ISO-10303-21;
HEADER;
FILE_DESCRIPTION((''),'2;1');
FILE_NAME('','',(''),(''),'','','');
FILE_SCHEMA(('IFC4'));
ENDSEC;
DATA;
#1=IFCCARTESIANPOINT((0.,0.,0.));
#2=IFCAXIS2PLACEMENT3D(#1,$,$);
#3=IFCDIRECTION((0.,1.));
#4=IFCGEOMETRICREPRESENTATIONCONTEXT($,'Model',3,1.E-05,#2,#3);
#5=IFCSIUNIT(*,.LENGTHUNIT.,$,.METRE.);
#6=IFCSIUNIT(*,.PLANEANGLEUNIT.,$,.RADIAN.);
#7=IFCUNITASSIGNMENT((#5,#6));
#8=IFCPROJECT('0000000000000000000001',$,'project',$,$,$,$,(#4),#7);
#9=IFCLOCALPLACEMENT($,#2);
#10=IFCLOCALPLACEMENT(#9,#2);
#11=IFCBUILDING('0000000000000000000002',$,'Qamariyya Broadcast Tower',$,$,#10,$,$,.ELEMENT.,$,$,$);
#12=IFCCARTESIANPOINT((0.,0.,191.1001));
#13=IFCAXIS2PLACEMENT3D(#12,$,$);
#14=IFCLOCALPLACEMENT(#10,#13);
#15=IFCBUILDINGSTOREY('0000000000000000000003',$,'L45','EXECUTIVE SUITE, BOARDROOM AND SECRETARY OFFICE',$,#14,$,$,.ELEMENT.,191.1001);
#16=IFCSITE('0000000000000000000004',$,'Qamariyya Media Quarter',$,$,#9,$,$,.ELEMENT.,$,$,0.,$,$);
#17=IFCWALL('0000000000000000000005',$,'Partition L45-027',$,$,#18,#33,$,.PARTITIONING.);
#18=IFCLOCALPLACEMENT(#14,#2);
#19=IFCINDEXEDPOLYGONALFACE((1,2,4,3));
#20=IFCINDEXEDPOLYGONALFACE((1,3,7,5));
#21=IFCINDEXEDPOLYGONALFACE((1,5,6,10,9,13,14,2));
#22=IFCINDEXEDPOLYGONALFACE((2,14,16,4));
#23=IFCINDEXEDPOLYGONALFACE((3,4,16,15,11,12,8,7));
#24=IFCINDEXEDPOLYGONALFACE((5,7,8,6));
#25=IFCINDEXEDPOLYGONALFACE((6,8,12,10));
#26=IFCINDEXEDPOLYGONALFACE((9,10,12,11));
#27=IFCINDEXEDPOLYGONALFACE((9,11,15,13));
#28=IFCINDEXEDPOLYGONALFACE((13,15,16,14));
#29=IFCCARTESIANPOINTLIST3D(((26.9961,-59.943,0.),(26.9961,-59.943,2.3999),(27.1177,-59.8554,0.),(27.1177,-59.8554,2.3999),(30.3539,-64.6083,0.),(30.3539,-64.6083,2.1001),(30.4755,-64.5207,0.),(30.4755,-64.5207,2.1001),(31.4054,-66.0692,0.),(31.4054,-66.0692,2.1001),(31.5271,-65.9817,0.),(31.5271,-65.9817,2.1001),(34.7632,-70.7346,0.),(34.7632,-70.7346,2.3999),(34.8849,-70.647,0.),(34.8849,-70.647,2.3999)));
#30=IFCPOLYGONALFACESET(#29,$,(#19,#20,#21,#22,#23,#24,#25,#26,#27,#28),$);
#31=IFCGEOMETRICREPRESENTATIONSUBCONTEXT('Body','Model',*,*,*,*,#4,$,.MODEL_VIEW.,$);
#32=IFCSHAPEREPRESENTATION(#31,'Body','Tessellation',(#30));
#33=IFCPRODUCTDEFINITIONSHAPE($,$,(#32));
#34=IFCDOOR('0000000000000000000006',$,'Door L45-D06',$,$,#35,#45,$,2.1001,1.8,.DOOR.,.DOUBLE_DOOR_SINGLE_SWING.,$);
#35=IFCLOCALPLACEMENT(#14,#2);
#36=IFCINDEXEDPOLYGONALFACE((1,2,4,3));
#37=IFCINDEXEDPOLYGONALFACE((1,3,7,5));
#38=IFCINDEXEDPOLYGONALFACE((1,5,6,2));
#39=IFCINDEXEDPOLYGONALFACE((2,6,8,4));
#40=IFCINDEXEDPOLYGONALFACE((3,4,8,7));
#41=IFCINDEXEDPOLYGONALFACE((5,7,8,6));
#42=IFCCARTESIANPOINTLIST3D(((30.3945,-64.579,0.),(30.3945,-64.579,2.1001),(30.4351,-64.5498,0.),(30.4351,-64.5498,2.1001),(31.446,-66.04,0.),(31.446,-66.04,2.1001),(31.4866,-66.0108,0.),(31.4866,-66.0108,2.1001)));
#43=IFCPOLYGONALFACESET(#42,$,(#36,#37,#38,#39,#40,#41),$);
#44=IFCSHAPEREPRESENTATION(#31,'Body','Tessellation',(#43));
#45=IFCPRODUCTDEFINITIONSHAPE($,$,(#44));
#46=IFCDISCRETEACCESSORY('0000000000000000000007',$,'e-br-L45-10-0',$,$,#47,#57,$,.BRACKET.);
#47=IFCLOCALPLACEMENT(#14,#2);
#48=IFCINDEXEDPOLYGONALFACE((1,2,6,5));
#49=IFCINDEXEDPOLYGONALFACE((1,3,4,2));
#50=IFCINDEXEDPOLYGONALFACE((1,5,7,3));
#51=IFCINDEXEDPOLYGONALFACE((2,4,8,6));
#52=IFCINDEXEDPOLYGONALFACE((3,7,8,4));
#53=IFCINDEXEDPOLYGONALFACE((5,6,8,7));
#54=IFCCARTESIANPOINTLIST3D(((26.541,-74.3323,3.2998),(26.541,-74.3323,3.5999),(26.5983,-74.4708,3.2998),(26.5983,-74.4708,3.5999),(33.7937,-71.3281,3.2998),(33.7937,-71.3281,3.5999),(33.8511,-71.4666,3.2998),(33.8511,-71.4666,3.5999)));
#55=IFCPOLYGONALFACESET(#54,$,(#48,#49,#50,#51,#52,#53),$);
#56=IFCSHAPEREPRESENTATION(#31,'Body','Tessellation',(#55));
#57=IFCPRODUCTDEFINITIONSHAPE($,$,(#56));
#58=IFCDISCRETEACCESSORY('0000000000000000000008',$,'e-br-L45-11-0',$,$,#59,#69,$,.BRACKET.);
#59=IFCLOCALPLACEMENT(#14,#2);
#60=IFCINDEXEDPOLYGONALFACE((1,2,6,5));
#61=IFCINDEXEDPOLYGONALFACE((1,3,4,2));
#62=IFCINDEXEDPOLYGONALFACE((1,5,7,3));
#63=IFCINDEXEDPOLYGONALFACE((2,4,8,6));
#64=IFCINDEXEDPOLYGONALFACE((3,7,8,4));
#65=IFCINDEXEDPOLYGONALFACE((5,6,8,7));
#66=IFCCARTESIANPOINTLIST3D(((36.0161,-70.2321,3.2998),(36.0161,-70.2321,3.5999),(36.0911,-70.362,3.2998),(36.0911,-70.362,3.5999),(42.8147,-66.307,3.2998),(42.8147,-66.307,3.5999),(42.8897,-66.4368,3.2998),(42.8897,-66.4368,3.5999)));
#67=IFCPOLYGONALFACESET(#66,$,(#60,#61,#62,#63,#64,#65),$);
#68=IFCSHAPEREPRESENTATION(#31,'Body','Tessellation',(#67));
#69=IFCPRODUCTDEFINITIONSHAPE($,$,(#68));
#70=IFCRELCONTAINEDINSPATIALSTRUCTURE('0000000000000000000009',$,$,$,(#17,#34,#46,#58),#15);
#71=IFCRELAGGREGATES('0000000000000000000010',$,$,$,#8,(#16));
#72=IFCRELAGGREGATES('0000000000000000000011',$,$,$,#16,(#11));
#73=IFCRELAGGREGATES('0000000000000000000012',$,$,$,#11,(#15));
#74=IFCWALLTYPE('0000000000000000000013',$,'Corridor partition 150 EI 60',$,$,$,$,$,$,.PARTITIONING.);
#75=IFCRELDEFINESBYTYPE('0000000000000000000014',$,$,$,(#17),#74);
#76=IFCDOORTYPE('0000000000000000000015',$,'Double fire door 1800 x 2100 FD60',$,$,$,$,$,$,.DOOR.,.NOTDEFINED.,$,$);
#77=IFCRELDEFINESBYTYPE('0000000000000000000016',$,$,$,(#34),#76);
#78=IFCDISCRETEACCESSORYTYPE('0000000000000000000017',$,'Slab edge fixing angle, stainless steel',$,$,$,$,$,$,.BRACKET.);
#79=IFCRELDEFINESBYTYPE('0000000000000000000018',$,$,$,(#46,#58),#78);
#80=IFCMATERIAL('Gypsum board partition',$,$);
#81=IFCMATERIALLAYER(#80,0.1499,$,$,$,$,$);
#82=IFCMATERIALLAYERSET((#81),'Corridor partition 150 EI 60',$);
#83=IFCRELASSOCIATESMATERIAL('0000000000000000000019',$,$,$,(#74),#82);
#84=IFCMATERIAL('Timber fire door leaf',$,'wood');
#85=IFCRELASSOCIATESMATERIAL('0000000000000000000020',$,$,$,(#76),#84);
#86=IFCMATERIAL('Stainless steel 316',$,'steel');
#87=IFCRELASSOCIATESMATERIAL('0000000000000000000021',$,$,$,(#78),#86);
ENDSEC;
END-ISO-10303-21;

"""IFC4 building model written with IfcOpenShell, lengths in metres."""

from ifc_helpers import new_model, si_unit, direction, frame, frame_2d, origin, origin_2d, place, context, subcontext, project, spatial, rectangle, extrude, material, layer, layer_set, type_object, element, fill, save


model = new_model("IFC4")

# Units and contexts
model_context = context("Model", 3, precision=1e-05, world=origin(), true_north=direction((0.0, 1.0)))
body_context = subcontext(model_context, "Body", "Model", "MODEL_VIEW")
ifc_project = project(units=[si_unit("LENGTHUNIT", "METRE"), si_unit("PLANEANGLEUNIT", "RADIAN")], contexts=[model_context])

# Site, building, storey
site_placement = place(None, origin())
site = spatial("IfcSite", under=ifc_project, at=site_placement, Name="Qamariyya Media Quarter", CompositionType="ELEMENT", RefElevation=0.0)
building_placement = place(site_placement, origin())
building = spatial("IfcBuilding", under=site, at=building_placement, Name="Qamariyya Broadcast Tower", CompositionType="ELEMENT")
storey_placement = place(building_placement, frame((0.0, 0.0, 191.1001)))
storey = spatial("IfcBuildingStorey", under=building, at=storey_placement, Name="L45", Description="EXECUTIVE SUITE, BOARDROOM AND SECRETARY OFFICE", CompositionType="ELEMENT", Elevation=191.1001)

# Wall, opening, door
ifc_material_1 = material(Name="Gypsum board partition")
ifc_layer_1 = layer(ifc_material_1, 0.1499)
ifc_layer_set_1 = layer_set([ifc_layer_1], Name="Corridor partition 150 EI 60")
wall_type_1 = type_object("IfcWallType", Name="Corridor partition 150 EI 60", PredefinedType="PARTITIONING", material=ifc_layer_set_1)
wall_1_placement = place(storey_placement, frame((34.824, -70.6907, 0.0), z_axis=(0.0, 0.0, 1.0), x_axis=(-0.584166, 0.811634, 0.0)))
wall_1 = element("IfcWall", 1, at=wall_1_placement, inside=storey, type_object=wall_type_1, Name="Partition L45-027", PredefinedType="PARTITIONING", context=body_context, shape_type="SweptSolid", body=[
    extrude(rectangle(XDim=13.2961, YDim=0.1499, at=frame_2d((6.6479, 0.0))), origin(), (0.0, 0.0, 1.0), 2.3999),
])
opening_1_placement = place(wall_1_placement, frame((5.748, 0.0, 0.0)))
opening_1 = element("IfcOpeningElement", 2, at=opening_1_placement, cuts=wall_1, PredefinedType="OPENING", context=body_context, shape_type="SweptSolid", body=[
    extrude(rectangle(XDim=1.8, YDim=2.1001, at=frame_2d((0.8999, 1.05))), frame((0.0, 0.085, 0.0), z_axis=(0.0, -1.0, 0.0), x_axis=(1.0, 0.0, 0.0)), (0.0, 0.0, 1.0), 0.1699),
])
ifc_material_2 = material(Name="Timber fire door leaf", Category="wood")
door_type_1 = type_object("IfcDoorType", Name="Double fire door 1800 x 2100 FD60", OperationType="NOTDEFINED", PredefinedType="DOOR", material=ifc_material_2)
door_1_placement = place(opening_1_placement, origin())
door_1 = element("IfcDoor", 3, at=door_1_placement, inside=storey, type_object=door_type_1, Name="Door L45-D06", OperationType="DOUBLE_DOOR_SINGLE_SWING", OverallHeight=2.1001, OverallWidth=1.8, PredefinedType="DOOR", context=body_context, shape_type="SweptSolid", body=[
    extrude(rectangle(XDim=1.8, YDim=2.1001, at=frame_2d((0.8999, 1.05))), frame((0.0, 0.0249, 0.0), z_axis=(0.0, -1.0, 0.0), x_axis=(1.0, 0.0, 0.0)), (0.0, 0.0, 1.0), 0.05),
])
fill(opening_1, door_1)

# Discrete accessories
ifc_material_3 = material(Name="Stainless steel 316", Category="steel")
discrete_accessory_type = type_object("IfcDiscreteAccessoryType", Name="Slab edge fixing angle, stainless steel", PredefinedType="BRACKET", material=ifc_material_3)
for number, where, z_axis, x_axis, name in (
    (4, (30.196, -72.8994, 3.2998), (0.0, 0.0, 1.0), (0.92388, 0.382683, 0.0), "e-br-L45-10-0"),
    (5, (39.4529, -68.3345, 3.2998), (0.0, 0.0, 1.0), (0.866025, 0.5, 0.0), "e-br-L45-11-0"),
):
    element("IfcDiscreteAccessory", number, at=place(storey_placement, frame(where, z_axis=z_axis, x_axis=x_axis)), inside=storey, type_object=discrete_accessory_type, Name=name, PredefinedType="BRACKET", context=body_context, shape_type="SweptSolid", body=[
        extrude(rectangle(XDim=7.8503, YDim=0.1499, at=origin_2d()), origin(), (0.0, 0.0, 1.0), 0.3),
    ])

save(model, "model.ifc")
